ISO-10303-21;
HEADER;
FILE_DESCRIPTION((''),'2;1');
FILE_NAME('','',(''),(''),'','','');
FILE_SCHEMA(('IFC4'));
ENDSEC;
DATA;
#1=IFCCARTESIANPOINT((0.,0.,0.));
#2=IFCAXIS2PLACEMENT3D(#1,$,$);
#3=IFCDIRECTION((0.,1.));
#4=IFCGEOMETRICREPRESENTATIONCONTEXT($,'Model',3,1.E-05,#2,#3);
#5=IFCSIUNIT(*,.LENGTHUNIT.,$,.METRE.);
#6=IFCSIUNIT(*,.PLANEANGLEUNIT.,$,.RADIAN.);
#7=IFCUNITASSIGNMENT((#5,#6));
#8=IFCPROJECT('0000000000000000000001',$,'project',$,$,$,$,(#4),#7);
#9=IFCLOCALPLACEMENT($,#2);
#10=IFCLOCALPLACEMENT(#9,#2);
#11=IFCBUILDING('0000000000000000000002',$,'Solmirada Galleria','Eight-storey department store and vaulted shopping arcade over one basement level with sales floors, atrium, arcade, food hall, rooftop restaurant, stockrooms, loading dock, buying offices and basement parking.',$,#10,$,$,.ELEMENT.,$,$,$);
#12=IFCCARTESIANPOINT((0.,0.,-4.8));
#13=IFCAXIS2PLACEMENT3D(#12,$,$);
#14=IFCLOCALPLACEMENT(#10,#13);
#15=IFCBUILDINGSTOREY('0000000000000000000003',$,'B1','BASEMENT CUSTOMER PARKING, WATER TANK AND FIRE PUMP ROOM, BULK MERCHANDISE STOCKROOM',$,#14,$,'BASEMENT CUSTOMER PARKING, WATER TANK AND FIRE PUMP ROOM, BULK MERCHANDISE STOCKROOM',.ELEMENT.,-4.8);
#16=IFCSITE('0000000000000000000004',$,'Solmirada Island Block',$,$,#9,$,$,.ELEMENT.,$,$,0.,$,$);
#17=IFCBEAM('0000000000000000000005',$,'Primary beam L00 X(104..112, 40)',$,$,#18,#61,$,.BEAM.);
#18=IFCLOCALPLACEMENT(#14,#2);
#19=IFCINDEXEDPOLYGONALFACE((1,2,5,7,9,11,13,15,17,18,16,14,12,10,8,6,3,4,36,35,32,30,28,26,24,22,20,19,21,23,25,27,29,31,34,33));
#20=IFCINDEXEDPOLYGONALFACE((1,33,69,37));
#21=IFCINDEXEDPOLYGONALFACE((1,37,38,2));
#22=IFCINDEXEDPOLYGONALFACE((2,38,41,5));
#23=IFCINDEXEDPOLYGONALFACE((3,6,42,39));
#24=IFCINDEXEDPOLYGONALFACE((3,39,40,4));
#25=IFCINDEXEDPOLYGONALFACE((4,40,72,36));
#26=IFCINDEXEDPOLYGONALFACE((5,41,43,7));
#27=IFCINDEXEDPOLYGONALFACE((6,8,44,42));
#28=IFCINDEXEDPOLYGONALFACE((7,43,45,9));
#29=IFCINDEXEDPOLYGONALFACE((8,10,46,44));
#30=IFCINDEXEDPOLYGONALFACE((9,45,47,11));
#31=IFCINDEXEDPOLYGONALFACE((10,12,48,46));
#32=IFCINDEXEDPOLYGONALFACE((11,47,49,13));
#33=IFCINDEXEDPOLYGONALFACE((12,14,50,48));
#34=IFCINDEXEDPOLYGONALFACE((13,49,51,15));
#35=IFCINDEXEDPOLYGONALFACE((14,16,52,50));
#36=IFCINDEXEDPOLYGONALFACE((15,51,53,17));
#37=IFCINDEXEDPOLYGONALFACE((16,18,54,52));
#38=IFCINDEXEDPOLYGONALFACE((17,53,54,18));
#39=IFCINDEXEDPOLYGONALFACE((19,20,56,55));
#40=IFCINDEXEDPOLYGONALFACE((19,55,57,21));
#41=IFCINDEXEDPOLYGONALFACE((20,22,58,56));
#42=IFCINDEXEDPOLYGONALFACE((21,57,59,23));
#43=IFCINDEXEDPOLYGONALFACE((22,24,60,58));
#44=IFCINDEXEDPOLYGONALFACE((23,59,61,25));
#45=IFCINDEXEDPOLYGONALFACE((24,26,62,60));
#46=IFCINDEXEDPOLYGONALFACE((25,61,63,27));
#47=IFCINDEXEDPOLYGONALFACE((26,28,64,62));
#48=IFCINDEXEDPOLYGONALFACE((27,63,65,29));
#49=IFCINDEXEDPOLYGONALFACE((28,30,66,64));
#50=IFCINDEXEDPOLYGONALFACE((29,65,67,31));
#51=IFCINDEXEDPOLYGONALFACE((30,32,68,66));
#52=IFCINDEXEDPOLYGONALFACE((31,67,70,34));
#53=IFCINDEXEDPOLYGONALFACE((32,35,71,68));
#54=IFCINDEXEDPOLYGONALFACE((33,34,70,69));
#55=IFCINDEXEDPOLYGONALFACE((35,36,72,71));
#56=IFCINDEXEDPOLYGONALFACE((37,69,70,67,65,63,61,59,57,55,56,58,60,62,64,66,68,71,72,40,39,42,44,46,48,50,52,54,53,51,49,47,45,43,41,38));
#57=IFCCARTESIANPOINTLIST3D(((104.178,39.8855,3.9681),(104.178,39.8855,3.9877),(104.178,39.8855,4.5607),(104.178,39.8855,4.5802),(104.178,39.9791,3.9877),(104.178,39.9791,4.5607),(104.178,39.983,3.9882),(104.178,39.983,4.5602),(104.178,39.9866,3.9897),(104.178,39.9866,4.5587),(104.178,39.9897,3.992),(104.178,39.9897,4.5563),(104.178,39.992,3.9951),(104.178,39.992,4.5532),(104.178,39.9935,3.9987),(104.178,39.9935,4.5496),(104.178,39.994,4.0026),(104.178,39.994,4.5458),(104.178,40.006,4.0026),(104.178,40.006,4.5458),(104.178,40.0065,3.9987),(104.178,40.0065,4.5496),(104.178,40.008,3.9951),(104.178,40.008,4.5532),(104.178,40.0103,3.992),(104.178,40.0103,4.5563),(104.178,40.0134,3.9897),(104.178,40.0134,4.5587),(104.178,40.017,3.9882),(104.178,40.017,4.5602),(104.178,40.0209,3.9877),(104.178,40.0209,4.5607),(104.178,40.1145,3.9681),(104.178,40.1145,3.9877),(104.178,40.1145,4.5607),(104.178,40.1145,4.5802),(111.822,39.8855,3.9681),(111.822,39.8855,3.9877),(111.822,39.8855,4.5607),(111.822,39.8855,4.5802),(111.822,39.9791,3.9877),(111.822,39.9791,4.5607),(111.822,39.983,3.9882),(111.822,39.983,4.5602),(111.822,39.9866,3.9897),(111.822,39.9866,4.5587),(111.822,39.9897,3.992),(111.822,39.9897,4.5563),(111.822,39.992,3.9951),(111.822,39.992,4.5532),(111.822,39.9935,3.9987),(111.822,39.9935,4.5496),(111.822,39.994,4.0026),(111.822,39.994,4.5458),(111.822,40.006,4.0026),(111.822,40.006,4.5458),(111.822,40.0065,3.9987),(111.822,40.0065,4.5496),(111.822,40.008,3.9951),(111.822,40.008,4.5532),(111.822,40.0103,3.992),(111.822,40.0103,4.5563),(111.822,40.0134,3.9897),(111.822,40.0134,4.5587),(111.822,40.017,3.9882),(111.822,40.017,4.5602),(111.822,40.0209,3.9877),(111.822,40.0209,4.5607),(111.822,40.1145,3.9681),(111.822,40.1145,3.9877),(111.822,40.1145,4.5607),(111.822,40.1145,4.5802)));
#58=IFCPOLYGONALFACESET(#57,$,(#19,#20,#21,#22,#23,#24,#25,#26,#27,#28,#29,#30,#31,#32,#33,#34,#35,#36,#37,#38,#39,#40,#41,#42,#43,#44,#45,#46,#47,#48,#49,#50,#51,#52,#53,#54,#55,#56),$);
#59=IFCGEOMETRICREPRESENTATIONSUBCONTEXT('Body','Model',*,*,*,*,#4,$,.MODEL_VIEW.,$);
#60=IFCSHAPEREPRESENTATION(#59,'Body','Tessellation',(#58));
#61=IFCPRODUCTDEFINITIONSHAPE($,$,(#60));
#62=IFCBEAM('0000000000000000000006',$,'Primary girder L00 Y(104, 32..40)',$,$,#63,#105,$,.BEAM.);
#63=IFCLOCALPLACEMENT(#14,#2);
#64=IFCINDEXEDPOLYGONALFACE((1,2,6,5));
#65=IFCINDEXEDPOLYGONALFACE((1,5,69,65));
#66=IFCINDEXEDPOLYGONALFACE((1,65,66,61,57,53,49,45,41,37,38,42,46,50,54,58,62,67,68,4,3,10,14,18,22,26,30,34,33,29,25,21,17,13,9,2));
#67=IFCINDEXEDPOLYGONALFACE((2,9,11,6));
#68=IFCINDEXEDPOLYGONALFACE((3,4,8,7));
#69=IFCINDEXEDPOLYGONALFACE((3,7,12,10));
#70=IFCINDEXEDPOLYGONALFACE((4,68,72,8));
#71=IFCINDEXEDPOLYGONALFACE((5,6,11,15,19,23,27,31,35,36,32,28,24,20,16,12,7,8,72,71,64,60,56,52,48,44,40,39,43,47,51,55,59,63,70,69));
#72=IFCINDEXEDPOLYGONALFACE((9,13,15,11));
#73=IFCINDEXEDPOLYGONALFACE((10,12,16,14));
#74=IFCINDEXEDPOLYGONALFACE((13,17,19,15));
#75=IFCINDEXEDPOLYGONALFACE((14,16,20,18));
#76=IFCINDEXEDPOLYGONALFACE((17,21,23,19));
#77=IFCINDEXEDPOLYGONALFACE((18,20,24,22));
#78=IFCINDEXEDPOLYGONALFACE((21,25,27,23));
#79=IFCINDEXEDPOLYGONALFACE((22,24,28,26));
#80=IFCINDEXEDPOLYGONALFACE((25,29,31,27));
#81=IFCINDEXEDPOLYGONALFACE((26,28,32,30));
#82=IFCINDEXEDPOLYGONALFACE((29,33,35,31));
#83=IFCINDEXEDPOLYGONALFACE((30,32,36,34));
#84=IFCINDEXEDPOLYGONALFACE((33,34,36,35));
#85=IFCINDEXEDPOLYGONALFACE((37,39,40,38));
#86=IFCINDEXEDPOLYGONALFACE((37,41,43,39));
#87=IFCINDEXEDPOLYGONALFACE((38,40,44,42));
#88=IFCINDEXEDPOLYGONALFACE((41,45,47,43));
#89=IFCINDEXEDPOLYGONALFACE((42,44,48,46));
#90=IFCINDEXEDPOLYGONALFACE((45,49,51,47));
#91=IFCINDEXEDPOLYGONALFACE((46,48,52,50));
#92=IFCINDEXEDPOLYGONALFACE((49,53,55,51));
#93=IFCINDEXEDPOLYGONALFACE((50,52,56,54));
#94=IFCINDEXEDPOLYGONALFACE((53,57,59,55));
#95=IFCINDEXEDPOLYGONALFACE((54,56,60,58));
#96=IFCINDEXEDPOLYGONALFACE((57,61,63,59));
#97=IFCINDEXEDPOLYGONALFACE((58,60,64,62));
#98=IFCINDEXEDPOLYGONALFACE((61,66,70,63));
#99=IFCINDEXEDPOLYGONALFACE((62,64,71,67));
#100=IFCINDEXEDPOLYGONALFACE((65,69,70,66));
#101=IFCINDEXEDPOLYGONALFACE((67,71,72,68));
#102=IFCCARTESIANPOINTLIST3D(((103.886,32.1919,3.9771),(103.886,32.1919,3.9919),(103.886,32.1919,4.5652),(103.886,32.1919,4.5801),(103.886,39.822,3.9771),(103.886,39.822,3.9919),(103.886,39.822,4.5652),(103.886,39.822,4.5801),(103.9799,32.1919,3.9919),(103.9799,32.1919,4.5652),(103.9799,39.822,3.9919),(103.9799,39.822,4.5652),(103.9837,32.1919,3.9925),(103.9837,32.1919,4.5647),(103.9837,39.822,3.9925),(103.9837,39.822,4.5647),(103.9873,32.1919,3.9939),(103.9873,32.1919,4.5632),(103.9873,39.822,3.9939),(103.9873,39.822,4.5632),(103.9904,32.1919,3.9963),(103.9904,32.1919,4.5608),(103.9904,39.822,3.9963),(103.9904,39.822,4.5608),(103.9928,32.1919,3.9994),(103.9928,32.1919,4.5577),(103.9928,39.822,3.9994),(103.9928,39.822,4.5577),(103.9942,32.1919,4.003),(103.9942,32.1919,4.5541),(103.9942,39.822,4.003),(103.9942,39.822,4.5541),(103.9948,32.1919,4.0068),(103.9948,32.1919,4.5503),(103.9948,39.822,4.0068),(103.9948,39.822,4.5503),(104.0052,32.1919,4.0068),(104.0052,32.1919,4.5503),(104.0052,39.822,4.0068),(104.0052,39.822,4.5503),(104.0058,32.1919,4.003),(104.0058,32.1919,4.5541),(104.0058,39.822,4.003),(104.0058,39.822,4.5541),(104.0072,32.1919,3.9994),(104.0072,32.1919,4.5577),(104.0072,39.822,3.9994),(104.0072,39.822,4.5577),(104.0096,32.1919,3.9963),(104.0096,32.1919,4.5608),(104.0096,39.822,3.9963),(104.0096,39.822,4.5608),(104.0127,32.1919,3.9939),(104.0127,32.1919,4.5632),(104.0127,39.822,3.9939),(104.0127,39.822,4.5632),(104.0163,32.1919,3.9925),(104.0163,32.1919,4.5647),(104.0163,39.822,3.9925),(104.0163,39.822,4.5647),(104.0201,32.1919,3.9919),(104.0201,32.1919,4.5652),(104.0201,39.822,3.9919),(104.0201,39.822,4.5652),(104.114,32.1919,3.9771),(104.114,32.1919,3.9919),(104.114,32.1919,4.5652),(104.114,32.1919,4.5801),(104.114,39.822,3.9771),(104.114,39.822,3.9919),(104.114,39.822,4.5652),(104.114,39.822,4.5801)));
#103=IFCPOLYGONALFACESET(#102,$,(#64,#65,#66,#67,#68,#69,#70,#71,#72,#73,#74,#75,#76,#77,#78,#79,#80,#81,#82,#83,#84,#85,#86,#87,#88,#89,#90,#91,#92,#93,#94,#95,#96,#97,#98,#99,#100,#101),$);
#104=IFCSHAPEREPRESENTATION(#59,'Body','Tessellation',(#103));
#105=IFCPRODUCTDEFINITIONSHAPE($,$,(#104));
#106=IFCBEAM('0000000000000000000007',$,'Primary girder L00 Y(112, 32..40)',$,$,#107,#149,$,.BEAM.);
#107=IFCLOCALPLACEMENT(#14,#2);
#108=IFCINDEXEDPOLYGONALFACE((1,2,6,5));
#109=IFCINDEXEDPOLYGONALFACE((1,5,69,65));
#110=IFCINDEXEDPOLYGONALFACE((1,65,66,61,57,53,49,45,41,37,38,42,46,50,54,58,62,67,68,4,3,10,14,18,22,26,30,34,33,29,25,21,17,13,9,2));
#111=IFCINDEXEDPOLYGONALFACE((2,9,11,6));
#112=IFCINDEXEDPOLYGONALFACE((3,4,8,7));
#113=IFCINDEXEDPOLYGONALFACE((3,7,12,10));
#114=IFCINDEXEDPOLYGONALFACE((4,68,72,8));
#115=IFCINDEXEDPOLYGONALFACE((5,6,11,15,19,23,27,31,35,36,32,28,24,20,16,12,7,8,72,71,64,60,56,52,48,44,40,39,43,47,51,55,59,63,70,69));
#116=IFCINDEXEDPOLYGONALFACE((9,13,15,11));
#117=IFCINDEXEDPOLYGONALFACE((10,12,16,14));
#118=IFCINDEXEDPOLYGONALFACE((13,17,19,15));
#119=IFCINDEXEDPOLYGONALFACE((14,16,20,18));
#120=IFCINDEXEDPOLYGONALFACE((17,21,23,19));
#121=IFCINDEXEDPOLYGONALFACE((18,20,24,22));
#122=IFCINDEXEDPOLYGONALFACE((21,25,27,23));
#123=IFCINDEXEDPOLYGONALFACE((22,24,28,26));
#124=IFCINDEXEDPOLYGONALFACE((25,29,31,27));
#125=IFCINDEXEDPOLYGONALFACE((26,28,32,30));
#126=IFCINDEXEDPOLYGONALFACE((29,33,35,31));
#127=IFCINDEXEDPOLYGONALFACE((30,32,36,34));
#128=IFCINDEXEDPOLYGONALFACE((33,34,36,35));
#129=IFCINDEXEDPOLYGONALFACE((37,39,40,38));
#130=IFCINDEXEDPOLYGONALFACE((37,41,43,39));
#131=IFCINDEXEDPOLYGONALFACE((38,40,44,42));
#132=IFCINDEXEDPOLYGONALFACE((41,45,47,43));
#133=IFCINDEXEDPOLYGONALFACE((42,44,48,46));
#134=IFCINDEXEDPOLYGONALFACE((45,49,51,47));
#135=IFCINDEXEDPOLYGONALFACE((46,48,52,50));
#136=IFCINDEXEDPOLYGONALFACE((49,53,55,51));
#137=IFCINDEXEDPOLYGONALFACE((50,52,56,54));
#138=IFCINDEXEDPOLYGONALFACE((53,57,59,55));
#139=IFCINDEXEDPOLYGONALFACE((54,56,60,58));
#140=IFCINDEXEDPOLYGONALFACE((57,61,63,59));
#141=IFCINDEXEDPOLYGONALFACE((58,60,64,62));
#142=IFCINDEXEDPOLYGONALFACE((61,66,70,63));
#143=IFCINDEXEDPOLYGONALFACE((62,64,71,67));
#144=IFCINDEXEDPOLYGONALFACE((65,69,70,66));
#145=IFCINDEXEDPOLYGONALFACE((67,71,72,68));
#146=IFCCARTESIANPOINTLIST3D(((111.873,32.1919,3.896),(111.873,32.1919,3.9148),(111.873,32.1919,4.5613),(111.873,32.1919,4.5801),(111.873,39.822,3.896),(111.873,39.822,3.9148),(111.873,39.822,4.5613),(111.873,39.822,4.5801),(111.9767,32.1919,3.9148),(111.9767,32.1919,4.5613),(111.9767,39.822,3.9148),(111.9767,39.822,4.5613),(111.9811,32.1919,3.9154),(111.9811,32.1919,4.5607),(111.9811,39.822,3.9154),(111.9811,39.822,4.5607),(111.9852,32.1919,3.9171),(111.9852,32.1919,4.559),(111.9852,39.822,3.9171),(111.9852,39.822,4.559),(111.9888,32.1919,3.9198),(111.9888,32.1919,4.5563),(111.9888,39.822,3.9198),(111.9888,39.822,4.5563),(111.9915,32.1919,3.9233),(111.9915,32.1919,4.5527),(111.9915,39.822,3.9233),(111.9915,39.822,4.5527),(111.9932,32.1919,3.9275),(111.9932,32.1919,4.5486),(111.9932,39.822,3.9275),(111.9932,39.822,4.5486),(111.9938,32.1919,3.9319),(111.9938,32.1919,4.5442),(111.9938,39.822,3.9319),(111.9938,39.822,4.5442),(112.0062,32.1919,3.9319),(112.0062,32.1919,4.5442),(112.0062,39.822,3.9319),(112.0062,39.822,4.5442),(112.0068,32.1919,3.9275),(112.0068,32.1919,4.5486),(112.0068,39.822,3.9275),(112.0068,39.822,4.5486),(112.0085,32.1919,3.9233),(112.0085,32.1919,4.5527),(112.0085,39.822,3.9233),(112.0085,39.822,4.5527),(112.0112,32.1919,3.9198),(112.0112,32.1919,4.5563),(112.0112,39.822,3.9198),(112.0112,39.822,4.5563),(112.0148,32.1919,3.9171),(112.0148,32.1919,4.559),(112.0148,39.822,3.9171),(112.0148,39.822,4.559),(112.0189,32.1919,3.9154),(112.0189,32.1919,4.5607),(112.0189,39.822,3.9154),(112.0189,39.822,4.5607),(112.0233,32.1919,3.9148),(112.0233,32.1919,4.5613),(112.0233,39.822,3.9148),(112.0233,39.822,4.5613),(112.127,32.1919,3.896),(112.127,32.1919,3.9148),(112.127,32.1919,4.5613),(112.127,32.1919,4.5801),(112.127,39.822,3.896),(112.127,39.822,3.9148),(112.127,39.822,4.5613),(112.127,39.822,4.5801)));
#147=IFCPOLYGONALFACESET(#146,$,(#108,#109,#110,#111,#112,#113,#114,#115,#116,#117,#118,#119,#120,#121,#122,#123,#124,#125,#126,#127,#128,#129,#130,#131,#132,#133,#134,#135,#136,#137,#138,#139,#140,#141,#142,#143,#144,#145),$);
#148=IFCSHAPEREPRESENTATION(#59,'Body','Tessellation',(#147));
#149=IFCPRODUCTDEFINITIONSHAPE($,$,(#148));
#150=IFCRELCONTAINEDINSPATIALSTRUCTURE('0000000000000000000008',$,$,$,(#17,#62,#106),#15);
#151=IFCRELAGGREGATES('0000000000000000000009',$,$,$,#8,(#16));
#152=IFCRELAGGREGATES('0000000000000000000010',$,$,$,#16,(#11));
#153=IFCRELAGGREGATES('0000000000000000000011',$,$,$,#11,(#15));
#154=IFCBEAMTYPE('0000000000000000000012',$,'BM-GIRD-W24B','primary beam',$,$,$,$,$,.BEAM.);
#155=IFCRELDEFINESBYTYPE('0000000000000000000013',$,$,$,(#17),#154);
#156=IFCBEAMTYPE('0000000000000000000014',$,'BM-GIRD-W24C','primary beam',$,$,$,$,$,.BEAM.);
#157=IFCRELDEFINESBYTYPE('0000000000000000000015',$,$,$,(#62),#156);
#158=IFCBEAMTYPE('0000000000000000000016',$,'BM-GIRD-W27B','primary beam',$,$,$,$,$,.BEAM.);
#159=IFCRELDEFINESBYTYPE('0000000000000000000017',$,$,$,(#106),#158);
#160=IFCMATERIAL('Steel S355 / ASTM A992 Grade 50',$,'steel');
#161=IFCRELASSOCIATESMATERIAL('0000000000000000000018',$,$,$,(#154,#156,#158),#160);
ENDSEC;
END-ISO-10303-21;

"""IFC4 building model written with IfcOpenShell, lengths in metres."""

from ifc_helpers import new_model, si_unit, direction, frame, origin, origin_2d, place, context, subcontext, project, spatial, i_section, extrude, material, material_profile, profile_set, type_object, element, save


model = new_model("IFC4")

# Units and contexts
model_context = context("Model", 3, precision=1e-05, world=origin(), true_north=direction((0.0, 1.0)))
body_context = subcontext(model_context, "Body", "Model", "MODEL_VIEW")
ifc_project = project(units=[si_unit("LENGTHUNIT", "METRE"), si_unit("PLANEANGLEUNIT", "RADIAN")], contexts=[model_context])

# Site, building, storey
site_placement = place(None, origin())
site = spatial("IfcSite", under=ifc_project, at=site_placement, Name="Solmirada Island Block", CompositionType="ELEMENT", RefElevation=0.0)
building_placement = place(site_placement, origin())
building = spatial("IfcBuilding", under=site, at=building_placement, Name="Solmirada Galleria", Description="Eight-storey department store and vaulted shopping arcade over one basement level with sales floors, atrium, arcade, food hall, rooftop restaurant, stockrooms, loading dock, buying offices and basement parking.", CompositionType="ELEMENT")
storey_placement = place(building_placement, frame((0.0, 0.0, -4.8)))
storey = spatial("IfcBuildingStorey", under=building, at=storey_placement, Name="B1", Description="BASEMENT CUSTOMER PARKING, WATER TANK AND FIRE PUMP ROOM, BULK MERCHANDISE STOCKROOM", LongName="BASEMENT CUSTOMER PARKING, WATER TANK AND FIRE PUMP ROOM, BULK MERCHANDISE STOCKROOM", CompositionType="ELEMENT", Elevation=-4.8)

# Beams
ifc_material_1 = material(Name="Steel S355 / ASTM A992 Grade 50", Category="steel")
ifc_material_profile_1 = material_profile(ifc_material_1, i_section(OverallWidth=0.229, OverallDepth=0.6121, WebThickness=0.012, FlangeThickness=0.0195, FilletRadius=0.0149, at=origin_2d()), Name="W24X84")
ifc_profile_set_1 = profile_set([ifc_material_profile_1], Name="Steel S355 / ASTM A992 Grade 50")
beam_type_1 = type_object("IfcBeamType", Name="BM-GIRD-W24B", Description="primary beam", PredefinedType="BEAM", material=ifc_profile_set_1)
beam_1_placement = place(storey_placement, frame((104.178, 40.0, 4.2742), z_axis=(1.0, 0.0, 0.0), x_axis=(0.0, 1.0, 0.0)))
element("IfcBeam", 1, at=beam_1_placement, inside=storey, type_object=beam_type_1, Name="Primary beam L00 X(104..112, 40)", PredefinedType="BEAM", context=body_context, shape_type="SweptSolid", body=[
    extrude(i_section(OverallWidth=0.229, OverallDepth=0.6121, WebThickness=0.012, FlangeThickness=0.0195, FilletRadius=0.0149, at=origin_2d()), origin(), (0.0, 0.0, 1.0), 7.644),
])
ifc_material_profile_2 = material_profile(ifc_material_1, i_section(OverallWidth=0.228, OverallDepth=0.603, WebThickness=0.0105, FlangeThickness=0.0149, FilletRadius=0.0149, at=origin_2d()), Name="W24X68")
ifc_profile_set_2 = profile_set([ifc_material_profile_2], Name="Steel S355 / ASTM A992 Grade 50")
beam_type_2 = type_object("IfcBeamType", Name="BM-GIRD-W24C", Description="primary beam", PredefinedType="BEAM", material=ifc_profile_set_2)
beam_2_placement = place(storey_placement, frame((104.0, 32.1919, 4.2786), z_axis=(0.0, 1.0, 0.0), x_axis=(-1.0, 0.0, 0.0)))
element("IfcBeam", 2, at=beam_2_placement, inside=storey, type_object=beam_type_2, Name="Primary girder L00 Y(104, 32..40)", PredefinedType="BEAM", context=body_context, shape_type="SweptSolid", body=[
    extrude(i_section(OverallWidth=0.228, OverallDepth=0.603, WebThickness=0.0105, FlangeThickness=0.0149, FilletRadius=0.0149, at=origin_2d()), origin(), (0.0, 0.0, 1.0), 7.6301),
])
ifc_material_profile_3 = material_profile(ifc_material_1, i_section(OverallWidth=0.2539, OverallDepth=0.6841, WebThickness=0.0125, FlangeThickness=0.0188, FilletRadius=0.0171, at=origin_2d()), Name="W27X94")
ifc_profile_set_3 = profile_set([ifc_material_profile_3], Name="Steel S355 / ASTM A992 Grade 50")
beam_type_3 = type_object("IfcBeamType", Name="BM-GIRD-W27B", Description="primary beam", PredefinedType="BEAM", material=ifc_profile_set_3)
beam_3_placement = place(storey_placement, frame((112.0, 32.1919, 4.238), z_axis=(0.0, 1.0, 0.0), x_axis=(-1.0, 0.0, 0.0)))
element("IfcBeam", 3, at=beam_3_placement, inside=storey, type_object=beam_type_3, Name="Primary girder L00 Y(112, 32..40)", PredefinedType="BEAM", context=body_context, shape_type="SweptSolid", body=[
    extrude(i_section(OverallWidth=0.2539, OverallDepth=0.6841, WebThickness=0.0125, FlangeThickness=0.0188, FilletRadius=0.0171, at=origin_2d()), origin(), (0.0, 0.0, 1.0), 7.6301),
])

save(model, "model.ifc")
